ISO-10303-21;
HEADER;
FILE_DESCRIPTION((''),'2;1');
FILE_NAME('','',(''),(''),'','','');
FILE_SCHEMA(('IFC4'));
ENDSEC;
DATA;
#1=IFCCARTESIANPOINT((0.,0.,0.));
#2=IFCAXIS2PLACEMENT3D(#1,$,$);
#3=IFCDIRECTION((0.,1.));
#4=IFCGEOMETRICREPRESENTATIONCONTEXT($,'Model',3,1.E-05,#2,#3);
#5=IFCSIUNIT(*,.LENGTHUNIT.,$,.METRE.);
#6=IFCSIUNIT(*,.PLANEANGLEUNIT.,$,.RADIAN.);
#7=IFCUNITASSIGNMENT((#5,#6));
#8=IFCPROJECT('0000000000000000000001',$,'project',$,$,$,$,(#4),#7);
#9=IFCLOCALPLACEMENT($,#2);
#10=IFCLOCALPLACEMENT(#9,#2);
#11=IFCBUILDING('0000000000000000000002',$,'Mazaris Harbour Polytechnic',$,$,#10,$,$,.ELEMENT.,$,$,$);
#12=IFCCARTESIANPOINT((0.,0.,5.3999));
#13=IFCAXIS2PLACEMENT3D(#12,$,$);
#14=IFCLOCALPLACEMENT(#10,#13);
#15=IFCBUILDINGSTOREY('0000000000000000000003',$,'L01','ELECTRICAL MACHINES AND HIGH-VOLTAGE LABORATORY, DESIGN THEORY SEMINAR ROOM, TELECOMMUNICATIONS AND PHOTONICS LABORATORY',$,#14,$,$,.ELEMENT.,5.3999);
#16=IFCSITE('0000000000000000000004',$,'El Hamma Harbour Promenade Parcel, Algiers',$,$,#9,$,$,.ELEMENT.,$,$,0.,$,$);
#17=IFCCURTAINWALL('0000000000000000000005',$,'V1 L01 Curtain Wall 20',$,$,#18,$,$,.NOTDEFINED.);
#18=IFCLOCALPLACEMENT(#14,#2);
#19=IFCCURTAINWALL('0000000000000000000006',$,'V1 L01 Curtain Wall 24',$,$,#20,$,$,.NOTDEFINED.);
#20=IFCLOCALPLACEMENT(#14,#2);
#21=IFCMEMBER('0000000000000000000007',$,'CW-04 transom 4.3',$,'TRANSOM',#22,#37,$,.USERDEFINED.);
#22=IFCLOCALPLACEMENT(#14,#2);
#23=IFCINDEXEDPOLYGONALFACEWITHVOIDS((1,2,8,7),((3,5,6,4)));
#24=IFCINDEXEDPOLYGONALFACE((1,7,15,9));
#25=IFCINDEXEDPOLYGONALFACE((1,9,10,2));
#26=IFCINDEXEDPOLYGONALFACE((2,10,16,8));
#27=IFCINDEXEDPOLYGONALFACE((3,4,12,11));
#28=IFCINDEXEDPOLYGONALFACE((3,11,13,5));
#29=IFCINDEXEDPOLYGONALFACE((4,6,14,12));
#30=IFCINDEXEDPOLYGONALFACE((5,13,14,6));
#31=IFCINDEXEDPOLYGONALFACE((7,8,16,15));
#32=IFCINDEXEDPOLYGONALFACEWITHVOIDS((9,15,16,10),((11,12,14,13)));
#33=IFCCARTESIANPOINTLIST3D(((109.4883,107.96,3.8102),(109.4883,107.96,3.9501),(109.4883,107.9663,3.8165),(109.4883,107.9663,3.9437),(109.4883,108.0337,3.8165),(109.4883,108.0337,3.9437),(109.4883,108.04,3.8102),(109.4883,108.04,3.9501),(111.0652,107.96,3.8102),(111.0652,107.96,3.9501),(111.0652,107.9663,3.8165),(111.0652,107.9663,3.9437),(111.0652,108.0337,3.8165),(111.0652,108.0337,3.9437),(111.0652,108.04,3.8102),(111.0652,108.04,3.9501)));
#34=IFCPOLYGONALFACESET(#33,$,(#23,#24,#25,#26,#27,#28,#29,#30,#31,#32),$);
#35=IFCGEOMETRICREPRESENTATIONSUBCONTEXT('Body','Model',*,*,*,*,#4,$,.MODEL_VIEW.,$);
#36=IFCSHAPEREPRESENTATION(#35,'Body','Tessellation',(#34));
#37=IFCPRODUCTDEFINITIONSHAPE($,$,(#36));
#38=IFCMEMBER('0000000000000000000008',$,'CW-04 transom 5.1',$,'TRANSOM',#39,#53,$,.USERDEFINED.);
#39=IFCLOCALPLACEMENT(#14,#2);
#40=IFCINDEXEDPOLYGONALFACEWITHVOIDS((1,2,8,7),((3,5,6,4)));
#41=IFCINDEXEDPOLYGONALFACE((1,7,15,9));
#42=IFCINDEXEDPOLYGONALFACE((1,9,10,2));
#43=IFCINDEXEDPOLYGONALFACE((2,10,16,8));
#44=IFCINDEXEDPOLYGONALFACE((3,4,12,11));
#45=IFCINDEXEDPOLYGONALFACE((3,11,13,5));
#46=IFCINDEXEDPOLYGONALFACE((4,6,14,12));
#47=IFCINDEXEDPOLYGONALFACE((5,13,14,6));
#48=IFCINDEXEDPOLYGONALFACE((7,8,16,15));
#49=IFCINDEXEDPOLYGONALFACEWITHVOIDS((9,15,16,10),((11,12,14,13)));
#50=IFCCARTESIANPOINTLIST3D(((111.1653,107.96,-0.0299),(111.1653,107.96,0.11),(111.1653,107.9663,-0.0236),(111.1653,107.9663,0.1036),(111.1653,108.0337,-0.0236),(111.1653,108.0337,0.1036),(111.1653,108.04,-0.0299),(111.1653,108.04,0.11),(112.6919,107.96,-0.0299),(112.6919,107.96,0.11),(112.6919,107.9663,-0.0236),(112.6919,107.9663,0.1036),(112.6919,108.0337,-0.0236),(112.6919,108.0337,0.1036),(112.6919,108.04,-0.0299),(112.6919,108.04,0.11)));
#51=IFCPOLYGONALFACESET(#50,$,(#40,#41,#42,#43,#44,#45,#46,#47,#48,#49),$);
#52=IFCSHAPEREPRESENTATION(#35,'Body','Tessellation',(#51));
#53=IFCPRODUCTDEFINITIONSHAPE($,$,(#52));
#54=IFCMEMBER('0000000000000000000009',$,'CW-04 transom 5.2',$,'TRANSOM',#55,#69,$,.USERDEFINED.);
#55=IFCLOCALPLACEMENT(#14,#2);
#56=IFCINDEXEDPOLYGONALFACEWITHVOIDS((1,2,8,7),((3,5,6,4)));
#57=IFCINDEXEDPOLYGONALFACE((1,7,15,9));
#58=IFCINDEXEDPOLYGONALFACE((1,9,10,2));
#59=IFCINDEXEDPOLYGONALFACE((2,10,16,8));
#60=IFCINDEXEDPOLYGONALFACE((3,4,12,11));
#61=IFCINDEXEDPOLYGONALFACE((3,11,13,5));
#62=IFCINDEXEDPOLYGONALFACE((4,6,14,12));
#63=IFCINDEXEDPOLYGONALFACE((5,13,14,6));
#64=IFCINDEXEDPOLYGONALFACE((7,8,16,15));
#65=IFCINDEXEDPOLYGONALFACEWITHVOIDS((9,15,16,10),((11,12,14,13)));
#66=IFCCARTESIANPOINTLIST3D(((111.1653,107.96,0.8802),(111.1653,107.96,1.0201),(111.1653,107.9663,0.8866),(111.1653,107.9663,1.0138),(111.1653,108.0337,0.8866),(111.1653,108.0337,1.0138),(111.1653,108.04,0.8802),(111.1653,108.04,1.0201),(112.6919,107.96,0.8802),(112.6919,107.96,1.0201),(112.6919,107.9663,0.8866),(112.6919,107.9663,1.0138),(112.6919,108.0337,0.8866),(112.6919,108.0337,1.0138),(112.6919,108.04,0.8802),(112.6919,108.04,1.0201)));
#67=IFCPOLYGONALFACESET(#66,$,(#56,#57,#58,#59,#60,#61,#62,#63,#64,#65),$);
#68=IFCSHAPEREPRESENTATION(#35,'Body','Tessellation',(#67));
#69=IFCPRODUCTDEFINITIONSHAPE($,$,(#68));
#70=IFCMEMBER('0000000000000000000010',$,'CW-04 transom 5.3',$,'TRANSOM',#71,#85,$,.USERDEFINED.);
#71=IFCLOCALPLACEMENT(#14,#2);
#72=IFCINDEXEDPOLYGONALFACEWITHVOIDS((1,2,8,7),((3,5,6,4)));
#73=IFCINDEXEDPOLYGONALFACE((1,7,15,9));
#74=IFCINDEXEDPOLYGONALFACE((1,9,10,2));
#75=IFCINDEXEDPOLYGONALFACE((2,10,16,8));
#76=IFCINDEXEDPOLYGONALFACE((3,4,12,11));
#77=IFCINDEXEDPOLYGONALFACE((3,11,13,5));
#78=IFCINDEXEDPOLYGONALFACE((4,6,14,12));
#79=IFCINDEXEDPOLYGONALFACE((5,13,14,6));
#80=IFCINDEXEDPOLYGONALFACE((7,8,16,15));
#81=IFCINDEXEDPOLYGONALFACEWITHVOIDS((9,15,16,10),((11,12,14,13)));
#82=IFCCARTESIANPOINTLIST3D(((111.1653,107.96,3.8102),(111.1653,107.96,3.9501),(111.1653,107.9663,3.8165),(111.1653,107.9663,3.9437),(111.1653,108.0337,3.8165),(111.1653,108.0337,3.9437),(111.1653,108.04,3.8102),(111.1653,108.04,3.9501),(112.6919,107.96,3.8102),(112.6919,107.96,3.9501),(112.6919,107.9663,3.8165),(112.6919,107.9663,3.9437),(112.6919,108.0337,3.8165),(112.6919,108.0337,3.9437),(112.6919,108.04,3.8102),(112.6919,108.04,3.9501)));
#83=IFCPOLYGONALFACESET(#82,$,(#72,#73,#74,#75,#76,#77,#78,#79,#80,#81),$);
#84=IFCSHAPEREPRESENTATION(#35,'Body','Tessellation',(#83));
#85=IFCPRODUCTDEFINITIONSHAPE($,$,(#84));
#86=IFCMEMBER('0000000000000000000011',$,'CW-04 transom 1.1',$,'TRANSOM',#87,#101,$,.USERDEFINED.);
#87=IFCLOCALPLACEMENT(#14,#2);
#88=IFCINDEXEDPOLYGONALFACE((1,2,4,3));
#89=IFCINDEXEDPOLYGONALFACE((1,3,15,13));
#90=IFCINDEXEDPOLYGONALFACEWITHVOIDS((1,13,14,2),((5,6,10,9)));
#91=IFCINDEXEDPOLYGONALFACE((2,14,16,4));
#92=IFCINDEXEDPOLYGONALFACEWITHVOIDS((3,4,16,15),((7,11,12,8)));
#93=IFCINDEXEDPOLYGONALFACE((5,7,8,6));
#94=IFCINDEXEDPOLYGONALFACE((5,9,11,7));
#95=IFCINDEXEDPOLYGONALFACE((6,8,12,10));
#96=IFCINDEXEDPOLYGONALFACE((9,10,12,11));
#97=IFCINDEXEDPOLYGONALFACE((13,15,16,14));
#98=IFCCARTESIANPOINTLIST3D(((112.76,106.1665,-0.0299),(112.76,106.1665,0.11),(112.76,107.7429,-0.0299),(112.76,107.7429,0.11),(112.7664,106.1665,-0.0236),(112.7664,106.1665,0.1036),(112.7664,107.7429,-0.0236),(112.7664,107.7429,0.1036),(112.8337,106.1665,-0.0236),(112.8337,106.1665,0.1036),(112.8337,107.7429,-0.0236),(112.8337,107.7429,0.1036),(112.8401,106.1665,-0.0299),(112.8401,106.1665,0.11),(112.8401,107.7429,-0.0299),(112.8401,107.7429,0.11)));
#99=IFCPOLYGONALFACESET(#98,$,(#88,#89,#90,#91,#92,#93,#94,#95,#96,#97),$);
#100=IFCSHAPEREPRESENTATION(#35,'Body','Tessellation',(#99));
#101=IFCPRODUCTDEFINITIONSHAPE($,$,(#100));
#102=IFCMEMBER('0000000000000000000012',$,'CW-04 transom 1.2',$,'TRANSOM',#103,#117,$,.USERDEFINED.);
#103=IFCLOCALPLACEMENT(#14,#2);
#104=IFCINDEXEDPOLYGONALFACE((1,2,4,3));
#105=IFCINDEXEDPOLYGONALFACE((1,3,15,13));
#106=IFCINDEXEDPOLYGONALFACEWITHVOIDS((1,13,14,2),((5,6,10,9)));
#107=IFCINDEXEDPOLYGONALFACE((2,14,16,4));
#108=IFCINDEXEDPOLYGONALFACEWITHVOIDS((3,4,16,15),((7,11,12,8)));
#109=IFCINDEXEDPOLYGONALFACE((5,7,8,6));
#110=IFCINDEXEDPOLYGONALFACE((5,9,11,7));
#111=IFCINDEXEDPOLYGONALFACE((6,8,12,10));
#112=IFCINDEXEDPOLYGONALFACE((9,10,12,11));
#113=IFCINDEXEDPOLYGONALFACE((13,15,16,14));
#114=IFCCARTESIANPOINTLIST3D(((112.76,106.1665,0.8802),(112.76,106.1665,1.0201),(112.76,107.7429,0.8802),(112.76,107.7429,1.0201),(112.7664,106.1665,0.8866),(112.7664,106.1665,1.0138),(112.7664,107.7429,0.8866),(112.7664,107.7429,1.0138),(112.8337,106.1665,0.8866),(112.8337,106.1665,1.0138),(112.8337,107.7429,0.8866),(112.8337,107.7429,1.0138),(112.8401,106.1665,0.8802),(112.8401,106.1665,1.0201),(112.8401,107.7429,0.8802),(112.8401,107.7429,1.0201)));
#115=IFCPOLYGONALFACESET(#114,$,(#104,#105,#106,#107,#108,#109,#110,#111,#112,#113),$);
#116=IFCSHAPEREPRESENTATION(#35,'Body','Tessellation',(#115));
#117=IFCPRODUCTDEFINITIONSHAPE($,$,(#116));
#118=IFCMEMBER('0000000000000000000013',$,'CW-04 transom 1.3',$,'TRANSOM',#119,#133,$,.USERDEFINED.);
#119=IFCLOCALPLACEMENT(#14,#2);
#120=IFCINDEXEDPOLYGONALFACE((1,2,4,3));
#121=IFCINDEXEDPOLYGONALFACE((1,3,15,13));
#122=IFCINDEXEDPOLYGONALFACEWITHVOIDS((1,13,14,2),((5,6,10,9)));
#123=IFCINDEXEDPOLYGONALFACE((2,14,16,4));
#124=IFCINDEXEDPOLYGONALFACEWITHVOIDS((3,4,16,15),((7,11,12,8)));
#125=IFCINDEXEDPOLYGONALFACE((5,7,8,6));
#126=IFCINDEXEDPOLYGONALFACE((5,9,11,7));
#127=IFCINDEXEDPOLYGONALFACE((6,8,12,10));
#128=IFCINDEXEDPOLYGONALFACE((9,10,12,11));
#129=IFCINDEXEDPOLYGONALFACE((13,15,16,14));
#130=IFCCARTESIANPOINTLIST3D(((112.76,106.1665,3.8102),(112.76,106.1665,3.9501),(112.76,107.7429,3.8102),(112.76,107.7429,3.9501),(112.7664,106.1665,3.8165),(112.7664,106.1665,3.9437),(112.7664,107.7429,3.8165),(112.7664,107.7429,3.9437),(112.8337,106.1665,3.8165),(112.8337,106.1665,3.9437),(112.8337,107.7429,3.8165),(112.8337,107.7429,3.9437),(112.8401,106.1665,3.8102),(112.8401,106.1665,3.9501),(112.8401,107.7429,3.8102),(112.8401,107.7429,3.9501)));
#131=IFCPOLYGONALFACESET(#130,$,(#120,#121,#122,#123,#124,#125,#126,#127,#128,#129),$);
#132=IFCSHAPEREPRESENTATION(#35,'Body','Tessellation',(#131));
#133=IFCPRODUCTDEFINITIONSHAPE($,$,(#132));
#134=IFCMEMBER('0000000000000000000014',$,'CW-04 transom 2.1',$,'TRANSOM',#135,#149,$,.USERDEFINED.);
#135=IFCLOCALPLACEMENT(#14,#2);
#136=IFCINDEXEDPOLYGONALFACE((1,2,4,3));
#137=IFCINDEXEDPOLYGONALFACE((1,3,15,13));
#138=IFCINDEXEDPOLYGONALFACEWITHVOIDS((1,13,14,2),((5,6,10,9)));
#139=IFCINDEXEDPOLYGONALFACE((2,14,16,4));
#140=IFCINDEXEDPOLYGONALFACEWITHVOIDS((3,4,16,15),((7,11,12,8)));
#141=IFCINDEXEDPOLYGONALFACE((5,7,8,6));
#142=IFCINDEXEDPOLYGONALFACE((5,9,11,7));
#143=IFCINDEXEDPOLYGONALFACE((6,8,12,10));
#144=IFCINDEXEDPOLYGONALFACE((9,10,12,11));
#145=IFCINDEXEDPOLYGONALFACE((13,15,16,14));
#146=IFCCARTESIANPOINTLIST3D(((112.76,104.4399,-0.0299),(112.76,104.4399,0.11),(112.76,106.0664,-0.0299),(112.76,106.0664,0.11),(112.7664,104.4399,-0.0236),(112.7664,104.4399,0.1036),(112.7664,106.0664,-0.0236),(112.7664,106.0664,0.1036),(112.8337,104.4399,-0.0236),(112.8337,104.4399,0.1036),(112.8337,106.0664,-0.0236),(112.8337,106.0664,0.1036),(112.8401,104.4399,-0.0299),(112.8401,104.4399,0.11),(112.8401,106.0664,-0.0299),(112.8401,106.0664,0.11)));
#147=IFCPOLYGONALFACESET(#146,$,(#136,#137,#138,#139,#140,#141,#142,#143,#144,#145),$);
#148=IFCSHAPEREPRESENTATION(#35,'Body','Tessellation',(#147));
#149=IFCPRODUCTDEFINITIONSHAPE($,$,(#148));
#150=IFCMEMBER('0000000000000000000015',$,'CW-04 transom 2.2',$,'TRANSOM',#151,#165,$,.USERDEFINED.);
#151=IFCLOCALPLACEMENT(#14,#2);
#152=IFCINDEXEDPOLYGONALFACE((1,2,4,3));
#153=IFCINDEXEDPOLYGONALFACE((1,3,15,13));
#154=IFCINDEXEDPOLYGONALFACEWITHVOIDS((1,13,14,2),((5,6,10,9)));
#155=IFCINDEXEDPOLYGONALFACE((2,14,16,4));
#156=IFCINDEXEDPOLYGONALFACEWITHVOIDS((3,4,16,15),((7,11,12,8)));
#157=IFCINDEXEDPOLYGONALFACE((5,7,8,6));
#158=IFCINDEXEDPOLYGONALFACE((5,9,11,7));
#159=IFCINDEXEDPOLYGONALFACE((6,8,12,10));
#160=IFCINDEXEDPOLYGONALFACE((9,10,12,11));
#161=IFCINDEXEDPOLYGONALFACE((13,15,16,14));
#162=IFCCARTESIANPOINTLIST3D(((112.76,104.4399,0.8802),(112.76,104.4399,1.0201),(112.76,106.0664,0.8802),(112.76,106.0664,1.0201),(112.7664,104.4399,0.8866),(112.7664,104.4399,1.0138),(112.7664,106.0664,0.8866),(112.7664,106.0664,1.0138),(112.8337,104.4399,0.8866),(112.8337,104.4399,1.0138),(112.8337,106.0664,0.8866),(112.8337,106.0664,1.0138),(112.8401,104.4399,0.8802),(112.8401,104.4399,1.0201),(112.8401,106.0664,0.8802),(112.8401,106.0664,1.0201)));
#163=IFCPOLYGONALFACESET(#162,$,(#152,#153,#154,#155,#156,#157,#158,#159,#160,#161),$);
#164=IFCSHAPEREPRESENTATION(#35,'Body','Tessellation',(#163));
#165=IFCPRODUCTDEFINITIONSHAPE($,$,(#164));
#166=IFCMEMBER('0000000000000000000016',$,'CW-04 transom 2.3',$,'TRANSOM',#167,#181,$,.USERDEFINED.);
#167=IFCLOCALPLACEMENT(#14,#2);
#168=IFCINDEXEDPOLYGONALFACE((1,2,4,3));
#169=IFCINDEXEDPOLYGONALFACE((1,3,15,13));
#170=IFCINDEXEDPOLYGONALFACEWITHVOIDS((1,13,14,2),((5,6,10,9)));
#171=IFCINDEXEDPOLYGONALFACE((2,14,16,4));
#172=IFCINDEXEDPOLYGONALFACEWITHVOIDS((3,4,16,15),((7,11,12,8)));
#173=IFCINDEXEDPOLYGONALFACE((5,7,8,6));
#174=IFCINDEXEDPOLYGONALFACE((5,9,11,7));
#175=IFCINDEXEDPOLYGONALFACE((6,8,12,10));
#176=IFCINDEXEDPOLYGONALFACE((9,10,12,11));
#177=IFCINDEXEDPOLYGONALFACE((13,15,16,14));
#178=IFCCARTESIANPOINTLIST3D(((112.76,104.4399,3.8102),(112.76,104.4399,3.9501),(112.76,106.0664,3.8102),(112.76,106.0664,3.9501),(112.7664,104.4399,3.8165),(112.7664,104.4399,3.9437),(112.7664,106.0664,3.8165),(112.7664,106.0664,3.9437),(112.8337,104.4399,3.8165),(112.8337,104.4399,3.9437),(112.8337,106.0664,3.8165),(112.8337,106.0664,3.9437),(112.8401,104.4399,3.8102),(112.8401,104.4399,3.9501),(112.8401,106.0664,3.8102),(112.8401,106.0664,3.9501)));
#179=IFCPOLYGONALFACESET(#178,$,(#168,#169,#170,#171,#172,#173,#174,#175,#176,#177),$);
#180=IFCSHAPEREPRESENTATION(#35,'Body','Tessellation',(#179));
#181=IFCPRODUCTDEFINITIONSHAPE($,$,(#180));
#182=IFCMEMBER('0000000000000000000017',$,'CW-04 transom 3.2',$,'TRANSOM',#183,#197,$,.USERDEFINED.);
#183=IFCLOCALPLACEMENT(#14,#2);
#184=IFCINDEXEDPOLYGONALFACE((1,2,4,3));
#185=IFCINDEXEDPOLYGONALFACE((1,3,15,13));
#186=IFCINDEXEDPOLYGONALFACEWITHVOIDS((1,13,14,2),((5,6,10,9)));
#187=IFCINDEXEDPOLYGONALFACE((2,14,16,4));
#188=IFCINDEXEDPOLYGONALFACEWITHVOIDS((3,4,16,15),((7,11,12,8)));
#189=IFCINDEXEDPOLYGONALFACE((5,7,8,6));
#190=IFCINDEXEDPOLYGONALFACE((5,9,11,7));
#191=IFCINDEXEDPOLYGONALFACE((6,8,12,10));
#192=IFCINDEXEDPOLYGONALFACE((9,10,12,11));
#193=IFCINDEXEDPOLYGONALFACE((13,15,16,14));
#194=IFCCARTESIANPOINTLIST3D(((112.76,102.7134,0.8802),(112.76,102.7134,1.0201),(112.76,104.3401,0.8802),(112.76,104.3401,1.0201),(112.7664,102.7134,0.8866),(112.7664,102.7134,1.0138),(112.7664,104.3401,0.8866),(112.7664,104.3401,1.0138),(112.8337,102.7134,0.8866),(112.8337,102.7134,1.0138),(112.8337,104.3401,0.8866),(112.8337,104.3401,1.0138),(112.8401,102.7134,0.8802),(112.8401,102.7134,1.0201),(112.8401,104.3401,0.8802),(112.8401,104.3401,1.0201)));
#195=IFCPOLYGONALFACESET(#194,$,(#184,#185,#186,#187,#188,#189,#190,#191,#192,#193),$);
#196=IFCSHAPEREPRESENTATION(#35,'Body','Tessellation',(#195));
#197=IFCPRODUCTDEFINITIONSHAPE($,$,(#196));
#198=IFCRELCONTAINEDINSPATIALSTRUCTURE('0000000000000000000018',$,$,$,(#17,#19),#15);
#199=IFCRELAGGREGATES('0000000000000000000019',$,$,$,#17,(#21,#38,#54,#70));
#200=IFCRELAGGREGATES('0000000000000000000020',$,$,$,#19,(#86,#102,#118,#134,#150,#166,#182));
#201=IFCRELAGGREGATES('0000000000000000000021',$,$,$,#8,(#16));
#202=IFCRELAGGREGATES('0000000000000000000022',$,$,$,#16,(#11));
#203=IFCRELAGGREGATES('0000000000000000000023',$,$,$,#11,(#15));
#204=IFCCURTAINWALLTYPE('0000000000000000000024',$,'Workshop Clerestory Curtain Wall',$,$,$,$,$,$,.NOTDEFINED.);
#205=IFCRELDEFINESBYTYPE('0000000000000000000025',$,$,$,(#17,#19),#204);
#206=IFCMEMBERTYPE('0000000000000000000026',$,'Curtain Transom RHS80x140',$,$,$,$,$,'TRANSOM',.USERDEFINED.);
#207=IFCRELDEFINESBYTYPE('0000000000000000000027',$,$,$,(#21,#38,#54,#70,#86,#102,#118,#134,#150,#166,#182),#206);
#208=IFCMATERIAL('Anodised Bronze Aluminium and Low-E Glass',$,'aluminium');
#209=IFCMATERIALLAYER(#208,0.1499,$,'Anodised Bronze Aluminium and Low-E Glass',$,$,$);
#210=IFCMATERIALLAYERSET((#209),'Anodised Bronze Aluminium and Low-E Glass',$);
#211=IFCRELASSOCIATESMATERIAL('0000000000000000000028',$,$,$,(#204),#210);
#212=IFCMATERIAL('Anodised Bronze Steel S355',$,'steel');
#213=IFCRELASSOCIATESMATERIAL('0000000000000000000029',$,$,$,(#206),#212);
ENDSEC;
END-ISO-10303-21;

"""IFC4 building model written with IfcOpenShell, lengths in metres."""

from ifc_helpers import new_model, si_unit, direction, frame, origin, origin_2d, place, context, subcontext, project, spatial, hollow_rectangle, extrude, material, layer, layer_set, material_profile, profile_set, type_object, element, aggregate, save


model = new_model("IFC4")

# Units and contexts
model_context = context("Model", 3, precision=1e-05, world=origin(), true_north=direction((0.0, 1.0)))
body_context = subcontext(model_context, "Body", "Model", "MODEL_VIEW")
ifc_project = project(units=[si_unit("LENGTHUNIT", "METRE"), si_unit("PLANEANGLEUNIT", "RADIAN")], contexts=[model_context])

# Site, building, storey
site_placement = place(None, origin())
site = spatial("IfcSite", under=ifc_project, at=site_placement, Name="El Hamma Harbour Promenade Parcel, Algiers", CompositionType="ELEMENT", RefElevation=0.0)
building_placement = place(site_placement, origin())
building = spatial("IfcBuilding", under=site, at=building_placement, Name="Mazaris Harbour Polytechnic", CompositionType="ELEMENT")
storey_placement = place(building_placement, frame((0.0, 0.0, 5.3999)))
storey = spatial("IfcBuildingStorey", under=building, at=storey_placement, Name="L01", Description="ELECTRICAL MACHINES AND HIGH-VOLTAGE LABORATORY, DESIGN THEORY SEMINAR ROOM, TELECOMMUNICATIONS AND PHOTONICS LABORATORY", CompositionType="ELEMENT", Elevation=5.3999)

# Curtain walls
ifc_material_1 = material(Name="Anodised Bronze Aluminium and Low-E Glass", Category="aluminium")
ifc_layer_1 = layer(ifc_material_1, 0.1499, Name="Anodised Bronze Aluminium and Low-E Glass")
ifc_layer_set_1 = layer_set([ifc_layer_1], Name="Anodised Bronze Aluminium and Low-E Glass")
curtain_wall_type = type_object("IfcCurtainWallType", Name="Workshop Clerestory Curtain Wall", PredefinedType="NOTDEFINED", material=ifc_layer_set_1)
curtain_wall_1_placement = place(storey_placement, origin())
curtain_wall_1 = element("IfcCurtainWall", 1, at=curtain_wall_1_placement, inside=storey, type_object=curtain_wall_type, Name="V1 L01 Curtain Wall 20", PredefinedType="NOTDEFINED")
curtain_wall_2_placement = place(storey_placement, origin())
curtain_wall_2 = element("IfcCurtainWall", 2, at=curtain_wall_2_placement, inside=storey, type_object=curtain_wall_type, Name="V1 L01 Curtain Wall 24", PredefinedType="NOTDEFINED")

# Members
ifc_material_2 = material(Name="Anodised Bronze Steel S355", Category="steel")
ifc_material_profile_1 = material_profile(ifc_material_2, hollow_rectangle(XDim=0.0801, YDim=0.1399, WallThickness=0.0063, at=origin_2d()), Name="RHS 80x140x6.3")
ifc_profile_set_1 = profile_set([ifc_material_profile_1], Name="Anodised Bronze Steel S355")
member_type_1 = type_object("IfcMemberType", Name="Curtain Transom RHS80x140", ElementType="TRANSOM", PredefinedType="USERDEFINED", material=ifc_profile_set_1)
member_1_placement = place(storey_placement, frame((109.4883, 108.0, 3.8801), z_axis=(1.0, 0.0, 0.0), x_axis=(0.0, 1.0, 0.0)))
member_1 = element("IfcMember", 3, at=member_1_placement, type_object=member_type_1, Name="CW-04 transom 4.3", ObjectType="TRANSOM", PredefinedType="USERDEFINED", context=body_context, shape_type="SweptSolid", body=[
    extrude(hollow_rectangle(XDim=0.0801, YDim=0.1399, WallThickness=0.0063, at=origin_2d()), origin(), (0.0, 0.0, 1.0), 1.5769),
])
member_2_placement = place(storey_placement, frame((111.1653, 108.0, 0.04), z_axis=(1.0, 0.0, 0.0), x_axis=(0.0, 1.0, 0.0)))
member_2 = element("IfcMember", 4, at=member_2_placement, type_object=member_type_1, Name="CW-04 transom 5.1", ObjectType="TRANSOM", PredefinedType="USERDEFINED", context=body_context, shape_type="SweptSolid", body=[
    extrude(hollow_rectangle(XDim=0.0801, YDim=0.1399, WallThickness=0.0063, at=origin_2d()), origin(), (0.0, 0.0, 1.0), 1.5266),
])
member_3_placement = place(storey_placement, frame((111.1653, 108.0, 0.9502), z_axis=(1.0, 0.0, 0.0), x_axis=(0.0, 1.0, 0.0)))
member_3 = element("IfcMember", 5, at=member_3_placement, type_object=member_type_1, Name="CW-04 transom 5.2", ObjectType="TRANSOM", PredefinedType="USERDEFINED", context=body_context, shape_type="SweptSolid", body=[
    extrude(hollow_rectangle(XDim=0.0801, YDim=0.1399, WallThickness=0.0063, at=origin_2d()), origin(), (0.0, 0.0, 1.0), 1.5266),
])
member_4_placement = place(storey_placement, frame((111.1653, 108.0, 3.8801), z_axis=(1.0, 0.0, 0.0), x_axis=(0.0, 1.0, 0.0)))
member_4 = element("IfcMember", 6, at=member_4_placement, type_object=member_type_1, Name="CW-04 transom 5.3", ObjectType="TRANSOM", PredefinedType="USERDEFINED", context=body_context, shape_type="SweptSolid", body=[
    extrude(hollow_rectangle(XDim=0.0801, YDim=0.1399, WallThickness=0.0063, at=origin_2d()), origin(), (0.0, 0.0, 1.0), 1.5266),
])
member_5_placement = place(storey_placement, frame((112.8, 107.7429, 0.04), z_axis=(0.0, -1.0, 0.0), x_axis=(1.0, 0.0, 0.0)))
member_5 = element("IfcMember", 7, at=member_5_placement, type_object=member_type_1, Name="CW-04 transom 1.1", ObjectType="TRANSOM", PredefinedType="USERDEFINED", context=body_context, shape_type="SweptSolid", body=[
    extrude(hollow_rectangle(XDim=0.0801, YDim=0.1399, WallThickness=0.0063, at=origin_2d()), origin(), (0.0, 0.0, 1.0), 1.5764),
])
member_6_placement = place(storey_placement, frame((112.8, 107.7429, 0.9502), z_axis=(0.0, -1.0, 0.0), x_axis=(1.0, 0.0, 0.0)))
member_6 = element("IfcMember", 8, at=member_6_placement, type_object=member_type_1, Name="CW-04 transom 1.2", ObjectType="TRANSOM", PredefinedType="USERDEFINED", context=body_context, shape_type="SweptSolid", body=[
    extrude(hollow_rectangle(XDim=0.0801, YDim=0.1399, WallThickness=0.0063, at=origin_2d()), origin(), (0.0, 0.0, 1.0), 1.5764),
])
member_7_placement = place(storey_placement, frame((112.8, 107.7429, 3.8801), z_axis=(0.0, -1.0, 0.0), x_axis=(1.0, 0.0, 0.0)))
member_7 = element("IfcMember", 9, at=member_7_placement, type_object=member_type_1, Name="CW-04 transom 1.3", ObjectType="TRANSOM", PredefinedType="USERDEFINED", context=body_context, shape_type="SweptSolid", body=[
    extrude(hollow_rectangle(XDim=0.0801, YDim=0.1399, WallThickness=0.0063, at=origin_2d()), origin(), (0.0, 0.0, 1.0), 1.5764),
])
member_8_placement = place(storey_placement, frame((112.8, 106.0664, 0.04), z_axis=(0.0, -1.0, 0.0), x_axis=(1.0, 0.0, 0.0)))
member_8 = element("IfcMember", 10, at=member_8_placement, type_object=member_type_1, Name="CW-04 transom 2.1", ObjectType="TRANSOM", PredefinedType="USERDEFINED", context=body_context, shape_type="SweptSolid", body=[
    extrude(hollow_rectangle(XDim=0.0801, YDim=0.1399, WallThickness=0.0063, at=origin_2d()), origin(), (0.0, 0.0, 1.0), 1.6265),
])
member_9_placement = place(storey_placement, frame((112.8, 106.0664, 0.9502), z_axis=(0.0, -1.0, 0.0), x_axis=(1.0, 0.0, 0.0)))
member_9 = element("IfcMember", 11, at=member_9_placement, type_object=member_type_1, Name="CW-04 transom 2.2", ObjectType="TRANSOM", PredefinedType="USERDEFINED", context=body_context, shape_type="SweptSolid", body=[
    extrude(hollow_rectangle(XDim=0.0801, YDim=0.1399, WallThickness=0.0063, at=origin_2d()), origin(), (0.0, 0.0, 1.0), 1.6265),
])
member_10_placement = place(storey_placement, frame((112.8, 106.0664, 3.8801), z_axis=(0.0, -1.0, 0.0), x_axis=(1.0, 0.0, 0.0)))
member_10 = element("IfcMember", 12, at=member_10_placement, type_object=member_type_1, Name="CW-04 transom 2.3", ObjectType="TRANSOM", PredefinedType="USERDEFINED", context=body_context, shape_type="SweptSolid", body=[
    extrude(hollow_rectangle(XDim=0.0801, YDim=0.1399, WallThickness=0.0063, at=origin_2d()), origin(), (0.0, 0.0, 1.0), 1.6265),
])
member_11_placement = place(storey_placement, frame((112.8, 104.3401, 0.9502), z_axis=(0.0, -1.0, 0.0), x_axis=(1.0, 0.0, 0.0)))
member_11 = element("IfcMember", 13, at=member_11_placement, type_object=member_type_1, Name="CW-04 transom 3.2", ObjectType="TRANSOM", PredefinedType="USERDEFINED", context=body_context, shape_type="SweptSolid", body=[
    extrude(hollow_rectangle(XDim=0.0801, YDim=0.1399, WallThickness=0.0063, at=origin_2d()), origin(), (0.0, 0.0, 1.0), 1.6267),
])

aggregate(curtain_wall_1, [member_1, member_2, member_3, member_4])
aggregate(curtain_wall_2, [member_5, member_6, member_7, member_8, member_9, member_10, member_11])

save(model, "model.ifc")
